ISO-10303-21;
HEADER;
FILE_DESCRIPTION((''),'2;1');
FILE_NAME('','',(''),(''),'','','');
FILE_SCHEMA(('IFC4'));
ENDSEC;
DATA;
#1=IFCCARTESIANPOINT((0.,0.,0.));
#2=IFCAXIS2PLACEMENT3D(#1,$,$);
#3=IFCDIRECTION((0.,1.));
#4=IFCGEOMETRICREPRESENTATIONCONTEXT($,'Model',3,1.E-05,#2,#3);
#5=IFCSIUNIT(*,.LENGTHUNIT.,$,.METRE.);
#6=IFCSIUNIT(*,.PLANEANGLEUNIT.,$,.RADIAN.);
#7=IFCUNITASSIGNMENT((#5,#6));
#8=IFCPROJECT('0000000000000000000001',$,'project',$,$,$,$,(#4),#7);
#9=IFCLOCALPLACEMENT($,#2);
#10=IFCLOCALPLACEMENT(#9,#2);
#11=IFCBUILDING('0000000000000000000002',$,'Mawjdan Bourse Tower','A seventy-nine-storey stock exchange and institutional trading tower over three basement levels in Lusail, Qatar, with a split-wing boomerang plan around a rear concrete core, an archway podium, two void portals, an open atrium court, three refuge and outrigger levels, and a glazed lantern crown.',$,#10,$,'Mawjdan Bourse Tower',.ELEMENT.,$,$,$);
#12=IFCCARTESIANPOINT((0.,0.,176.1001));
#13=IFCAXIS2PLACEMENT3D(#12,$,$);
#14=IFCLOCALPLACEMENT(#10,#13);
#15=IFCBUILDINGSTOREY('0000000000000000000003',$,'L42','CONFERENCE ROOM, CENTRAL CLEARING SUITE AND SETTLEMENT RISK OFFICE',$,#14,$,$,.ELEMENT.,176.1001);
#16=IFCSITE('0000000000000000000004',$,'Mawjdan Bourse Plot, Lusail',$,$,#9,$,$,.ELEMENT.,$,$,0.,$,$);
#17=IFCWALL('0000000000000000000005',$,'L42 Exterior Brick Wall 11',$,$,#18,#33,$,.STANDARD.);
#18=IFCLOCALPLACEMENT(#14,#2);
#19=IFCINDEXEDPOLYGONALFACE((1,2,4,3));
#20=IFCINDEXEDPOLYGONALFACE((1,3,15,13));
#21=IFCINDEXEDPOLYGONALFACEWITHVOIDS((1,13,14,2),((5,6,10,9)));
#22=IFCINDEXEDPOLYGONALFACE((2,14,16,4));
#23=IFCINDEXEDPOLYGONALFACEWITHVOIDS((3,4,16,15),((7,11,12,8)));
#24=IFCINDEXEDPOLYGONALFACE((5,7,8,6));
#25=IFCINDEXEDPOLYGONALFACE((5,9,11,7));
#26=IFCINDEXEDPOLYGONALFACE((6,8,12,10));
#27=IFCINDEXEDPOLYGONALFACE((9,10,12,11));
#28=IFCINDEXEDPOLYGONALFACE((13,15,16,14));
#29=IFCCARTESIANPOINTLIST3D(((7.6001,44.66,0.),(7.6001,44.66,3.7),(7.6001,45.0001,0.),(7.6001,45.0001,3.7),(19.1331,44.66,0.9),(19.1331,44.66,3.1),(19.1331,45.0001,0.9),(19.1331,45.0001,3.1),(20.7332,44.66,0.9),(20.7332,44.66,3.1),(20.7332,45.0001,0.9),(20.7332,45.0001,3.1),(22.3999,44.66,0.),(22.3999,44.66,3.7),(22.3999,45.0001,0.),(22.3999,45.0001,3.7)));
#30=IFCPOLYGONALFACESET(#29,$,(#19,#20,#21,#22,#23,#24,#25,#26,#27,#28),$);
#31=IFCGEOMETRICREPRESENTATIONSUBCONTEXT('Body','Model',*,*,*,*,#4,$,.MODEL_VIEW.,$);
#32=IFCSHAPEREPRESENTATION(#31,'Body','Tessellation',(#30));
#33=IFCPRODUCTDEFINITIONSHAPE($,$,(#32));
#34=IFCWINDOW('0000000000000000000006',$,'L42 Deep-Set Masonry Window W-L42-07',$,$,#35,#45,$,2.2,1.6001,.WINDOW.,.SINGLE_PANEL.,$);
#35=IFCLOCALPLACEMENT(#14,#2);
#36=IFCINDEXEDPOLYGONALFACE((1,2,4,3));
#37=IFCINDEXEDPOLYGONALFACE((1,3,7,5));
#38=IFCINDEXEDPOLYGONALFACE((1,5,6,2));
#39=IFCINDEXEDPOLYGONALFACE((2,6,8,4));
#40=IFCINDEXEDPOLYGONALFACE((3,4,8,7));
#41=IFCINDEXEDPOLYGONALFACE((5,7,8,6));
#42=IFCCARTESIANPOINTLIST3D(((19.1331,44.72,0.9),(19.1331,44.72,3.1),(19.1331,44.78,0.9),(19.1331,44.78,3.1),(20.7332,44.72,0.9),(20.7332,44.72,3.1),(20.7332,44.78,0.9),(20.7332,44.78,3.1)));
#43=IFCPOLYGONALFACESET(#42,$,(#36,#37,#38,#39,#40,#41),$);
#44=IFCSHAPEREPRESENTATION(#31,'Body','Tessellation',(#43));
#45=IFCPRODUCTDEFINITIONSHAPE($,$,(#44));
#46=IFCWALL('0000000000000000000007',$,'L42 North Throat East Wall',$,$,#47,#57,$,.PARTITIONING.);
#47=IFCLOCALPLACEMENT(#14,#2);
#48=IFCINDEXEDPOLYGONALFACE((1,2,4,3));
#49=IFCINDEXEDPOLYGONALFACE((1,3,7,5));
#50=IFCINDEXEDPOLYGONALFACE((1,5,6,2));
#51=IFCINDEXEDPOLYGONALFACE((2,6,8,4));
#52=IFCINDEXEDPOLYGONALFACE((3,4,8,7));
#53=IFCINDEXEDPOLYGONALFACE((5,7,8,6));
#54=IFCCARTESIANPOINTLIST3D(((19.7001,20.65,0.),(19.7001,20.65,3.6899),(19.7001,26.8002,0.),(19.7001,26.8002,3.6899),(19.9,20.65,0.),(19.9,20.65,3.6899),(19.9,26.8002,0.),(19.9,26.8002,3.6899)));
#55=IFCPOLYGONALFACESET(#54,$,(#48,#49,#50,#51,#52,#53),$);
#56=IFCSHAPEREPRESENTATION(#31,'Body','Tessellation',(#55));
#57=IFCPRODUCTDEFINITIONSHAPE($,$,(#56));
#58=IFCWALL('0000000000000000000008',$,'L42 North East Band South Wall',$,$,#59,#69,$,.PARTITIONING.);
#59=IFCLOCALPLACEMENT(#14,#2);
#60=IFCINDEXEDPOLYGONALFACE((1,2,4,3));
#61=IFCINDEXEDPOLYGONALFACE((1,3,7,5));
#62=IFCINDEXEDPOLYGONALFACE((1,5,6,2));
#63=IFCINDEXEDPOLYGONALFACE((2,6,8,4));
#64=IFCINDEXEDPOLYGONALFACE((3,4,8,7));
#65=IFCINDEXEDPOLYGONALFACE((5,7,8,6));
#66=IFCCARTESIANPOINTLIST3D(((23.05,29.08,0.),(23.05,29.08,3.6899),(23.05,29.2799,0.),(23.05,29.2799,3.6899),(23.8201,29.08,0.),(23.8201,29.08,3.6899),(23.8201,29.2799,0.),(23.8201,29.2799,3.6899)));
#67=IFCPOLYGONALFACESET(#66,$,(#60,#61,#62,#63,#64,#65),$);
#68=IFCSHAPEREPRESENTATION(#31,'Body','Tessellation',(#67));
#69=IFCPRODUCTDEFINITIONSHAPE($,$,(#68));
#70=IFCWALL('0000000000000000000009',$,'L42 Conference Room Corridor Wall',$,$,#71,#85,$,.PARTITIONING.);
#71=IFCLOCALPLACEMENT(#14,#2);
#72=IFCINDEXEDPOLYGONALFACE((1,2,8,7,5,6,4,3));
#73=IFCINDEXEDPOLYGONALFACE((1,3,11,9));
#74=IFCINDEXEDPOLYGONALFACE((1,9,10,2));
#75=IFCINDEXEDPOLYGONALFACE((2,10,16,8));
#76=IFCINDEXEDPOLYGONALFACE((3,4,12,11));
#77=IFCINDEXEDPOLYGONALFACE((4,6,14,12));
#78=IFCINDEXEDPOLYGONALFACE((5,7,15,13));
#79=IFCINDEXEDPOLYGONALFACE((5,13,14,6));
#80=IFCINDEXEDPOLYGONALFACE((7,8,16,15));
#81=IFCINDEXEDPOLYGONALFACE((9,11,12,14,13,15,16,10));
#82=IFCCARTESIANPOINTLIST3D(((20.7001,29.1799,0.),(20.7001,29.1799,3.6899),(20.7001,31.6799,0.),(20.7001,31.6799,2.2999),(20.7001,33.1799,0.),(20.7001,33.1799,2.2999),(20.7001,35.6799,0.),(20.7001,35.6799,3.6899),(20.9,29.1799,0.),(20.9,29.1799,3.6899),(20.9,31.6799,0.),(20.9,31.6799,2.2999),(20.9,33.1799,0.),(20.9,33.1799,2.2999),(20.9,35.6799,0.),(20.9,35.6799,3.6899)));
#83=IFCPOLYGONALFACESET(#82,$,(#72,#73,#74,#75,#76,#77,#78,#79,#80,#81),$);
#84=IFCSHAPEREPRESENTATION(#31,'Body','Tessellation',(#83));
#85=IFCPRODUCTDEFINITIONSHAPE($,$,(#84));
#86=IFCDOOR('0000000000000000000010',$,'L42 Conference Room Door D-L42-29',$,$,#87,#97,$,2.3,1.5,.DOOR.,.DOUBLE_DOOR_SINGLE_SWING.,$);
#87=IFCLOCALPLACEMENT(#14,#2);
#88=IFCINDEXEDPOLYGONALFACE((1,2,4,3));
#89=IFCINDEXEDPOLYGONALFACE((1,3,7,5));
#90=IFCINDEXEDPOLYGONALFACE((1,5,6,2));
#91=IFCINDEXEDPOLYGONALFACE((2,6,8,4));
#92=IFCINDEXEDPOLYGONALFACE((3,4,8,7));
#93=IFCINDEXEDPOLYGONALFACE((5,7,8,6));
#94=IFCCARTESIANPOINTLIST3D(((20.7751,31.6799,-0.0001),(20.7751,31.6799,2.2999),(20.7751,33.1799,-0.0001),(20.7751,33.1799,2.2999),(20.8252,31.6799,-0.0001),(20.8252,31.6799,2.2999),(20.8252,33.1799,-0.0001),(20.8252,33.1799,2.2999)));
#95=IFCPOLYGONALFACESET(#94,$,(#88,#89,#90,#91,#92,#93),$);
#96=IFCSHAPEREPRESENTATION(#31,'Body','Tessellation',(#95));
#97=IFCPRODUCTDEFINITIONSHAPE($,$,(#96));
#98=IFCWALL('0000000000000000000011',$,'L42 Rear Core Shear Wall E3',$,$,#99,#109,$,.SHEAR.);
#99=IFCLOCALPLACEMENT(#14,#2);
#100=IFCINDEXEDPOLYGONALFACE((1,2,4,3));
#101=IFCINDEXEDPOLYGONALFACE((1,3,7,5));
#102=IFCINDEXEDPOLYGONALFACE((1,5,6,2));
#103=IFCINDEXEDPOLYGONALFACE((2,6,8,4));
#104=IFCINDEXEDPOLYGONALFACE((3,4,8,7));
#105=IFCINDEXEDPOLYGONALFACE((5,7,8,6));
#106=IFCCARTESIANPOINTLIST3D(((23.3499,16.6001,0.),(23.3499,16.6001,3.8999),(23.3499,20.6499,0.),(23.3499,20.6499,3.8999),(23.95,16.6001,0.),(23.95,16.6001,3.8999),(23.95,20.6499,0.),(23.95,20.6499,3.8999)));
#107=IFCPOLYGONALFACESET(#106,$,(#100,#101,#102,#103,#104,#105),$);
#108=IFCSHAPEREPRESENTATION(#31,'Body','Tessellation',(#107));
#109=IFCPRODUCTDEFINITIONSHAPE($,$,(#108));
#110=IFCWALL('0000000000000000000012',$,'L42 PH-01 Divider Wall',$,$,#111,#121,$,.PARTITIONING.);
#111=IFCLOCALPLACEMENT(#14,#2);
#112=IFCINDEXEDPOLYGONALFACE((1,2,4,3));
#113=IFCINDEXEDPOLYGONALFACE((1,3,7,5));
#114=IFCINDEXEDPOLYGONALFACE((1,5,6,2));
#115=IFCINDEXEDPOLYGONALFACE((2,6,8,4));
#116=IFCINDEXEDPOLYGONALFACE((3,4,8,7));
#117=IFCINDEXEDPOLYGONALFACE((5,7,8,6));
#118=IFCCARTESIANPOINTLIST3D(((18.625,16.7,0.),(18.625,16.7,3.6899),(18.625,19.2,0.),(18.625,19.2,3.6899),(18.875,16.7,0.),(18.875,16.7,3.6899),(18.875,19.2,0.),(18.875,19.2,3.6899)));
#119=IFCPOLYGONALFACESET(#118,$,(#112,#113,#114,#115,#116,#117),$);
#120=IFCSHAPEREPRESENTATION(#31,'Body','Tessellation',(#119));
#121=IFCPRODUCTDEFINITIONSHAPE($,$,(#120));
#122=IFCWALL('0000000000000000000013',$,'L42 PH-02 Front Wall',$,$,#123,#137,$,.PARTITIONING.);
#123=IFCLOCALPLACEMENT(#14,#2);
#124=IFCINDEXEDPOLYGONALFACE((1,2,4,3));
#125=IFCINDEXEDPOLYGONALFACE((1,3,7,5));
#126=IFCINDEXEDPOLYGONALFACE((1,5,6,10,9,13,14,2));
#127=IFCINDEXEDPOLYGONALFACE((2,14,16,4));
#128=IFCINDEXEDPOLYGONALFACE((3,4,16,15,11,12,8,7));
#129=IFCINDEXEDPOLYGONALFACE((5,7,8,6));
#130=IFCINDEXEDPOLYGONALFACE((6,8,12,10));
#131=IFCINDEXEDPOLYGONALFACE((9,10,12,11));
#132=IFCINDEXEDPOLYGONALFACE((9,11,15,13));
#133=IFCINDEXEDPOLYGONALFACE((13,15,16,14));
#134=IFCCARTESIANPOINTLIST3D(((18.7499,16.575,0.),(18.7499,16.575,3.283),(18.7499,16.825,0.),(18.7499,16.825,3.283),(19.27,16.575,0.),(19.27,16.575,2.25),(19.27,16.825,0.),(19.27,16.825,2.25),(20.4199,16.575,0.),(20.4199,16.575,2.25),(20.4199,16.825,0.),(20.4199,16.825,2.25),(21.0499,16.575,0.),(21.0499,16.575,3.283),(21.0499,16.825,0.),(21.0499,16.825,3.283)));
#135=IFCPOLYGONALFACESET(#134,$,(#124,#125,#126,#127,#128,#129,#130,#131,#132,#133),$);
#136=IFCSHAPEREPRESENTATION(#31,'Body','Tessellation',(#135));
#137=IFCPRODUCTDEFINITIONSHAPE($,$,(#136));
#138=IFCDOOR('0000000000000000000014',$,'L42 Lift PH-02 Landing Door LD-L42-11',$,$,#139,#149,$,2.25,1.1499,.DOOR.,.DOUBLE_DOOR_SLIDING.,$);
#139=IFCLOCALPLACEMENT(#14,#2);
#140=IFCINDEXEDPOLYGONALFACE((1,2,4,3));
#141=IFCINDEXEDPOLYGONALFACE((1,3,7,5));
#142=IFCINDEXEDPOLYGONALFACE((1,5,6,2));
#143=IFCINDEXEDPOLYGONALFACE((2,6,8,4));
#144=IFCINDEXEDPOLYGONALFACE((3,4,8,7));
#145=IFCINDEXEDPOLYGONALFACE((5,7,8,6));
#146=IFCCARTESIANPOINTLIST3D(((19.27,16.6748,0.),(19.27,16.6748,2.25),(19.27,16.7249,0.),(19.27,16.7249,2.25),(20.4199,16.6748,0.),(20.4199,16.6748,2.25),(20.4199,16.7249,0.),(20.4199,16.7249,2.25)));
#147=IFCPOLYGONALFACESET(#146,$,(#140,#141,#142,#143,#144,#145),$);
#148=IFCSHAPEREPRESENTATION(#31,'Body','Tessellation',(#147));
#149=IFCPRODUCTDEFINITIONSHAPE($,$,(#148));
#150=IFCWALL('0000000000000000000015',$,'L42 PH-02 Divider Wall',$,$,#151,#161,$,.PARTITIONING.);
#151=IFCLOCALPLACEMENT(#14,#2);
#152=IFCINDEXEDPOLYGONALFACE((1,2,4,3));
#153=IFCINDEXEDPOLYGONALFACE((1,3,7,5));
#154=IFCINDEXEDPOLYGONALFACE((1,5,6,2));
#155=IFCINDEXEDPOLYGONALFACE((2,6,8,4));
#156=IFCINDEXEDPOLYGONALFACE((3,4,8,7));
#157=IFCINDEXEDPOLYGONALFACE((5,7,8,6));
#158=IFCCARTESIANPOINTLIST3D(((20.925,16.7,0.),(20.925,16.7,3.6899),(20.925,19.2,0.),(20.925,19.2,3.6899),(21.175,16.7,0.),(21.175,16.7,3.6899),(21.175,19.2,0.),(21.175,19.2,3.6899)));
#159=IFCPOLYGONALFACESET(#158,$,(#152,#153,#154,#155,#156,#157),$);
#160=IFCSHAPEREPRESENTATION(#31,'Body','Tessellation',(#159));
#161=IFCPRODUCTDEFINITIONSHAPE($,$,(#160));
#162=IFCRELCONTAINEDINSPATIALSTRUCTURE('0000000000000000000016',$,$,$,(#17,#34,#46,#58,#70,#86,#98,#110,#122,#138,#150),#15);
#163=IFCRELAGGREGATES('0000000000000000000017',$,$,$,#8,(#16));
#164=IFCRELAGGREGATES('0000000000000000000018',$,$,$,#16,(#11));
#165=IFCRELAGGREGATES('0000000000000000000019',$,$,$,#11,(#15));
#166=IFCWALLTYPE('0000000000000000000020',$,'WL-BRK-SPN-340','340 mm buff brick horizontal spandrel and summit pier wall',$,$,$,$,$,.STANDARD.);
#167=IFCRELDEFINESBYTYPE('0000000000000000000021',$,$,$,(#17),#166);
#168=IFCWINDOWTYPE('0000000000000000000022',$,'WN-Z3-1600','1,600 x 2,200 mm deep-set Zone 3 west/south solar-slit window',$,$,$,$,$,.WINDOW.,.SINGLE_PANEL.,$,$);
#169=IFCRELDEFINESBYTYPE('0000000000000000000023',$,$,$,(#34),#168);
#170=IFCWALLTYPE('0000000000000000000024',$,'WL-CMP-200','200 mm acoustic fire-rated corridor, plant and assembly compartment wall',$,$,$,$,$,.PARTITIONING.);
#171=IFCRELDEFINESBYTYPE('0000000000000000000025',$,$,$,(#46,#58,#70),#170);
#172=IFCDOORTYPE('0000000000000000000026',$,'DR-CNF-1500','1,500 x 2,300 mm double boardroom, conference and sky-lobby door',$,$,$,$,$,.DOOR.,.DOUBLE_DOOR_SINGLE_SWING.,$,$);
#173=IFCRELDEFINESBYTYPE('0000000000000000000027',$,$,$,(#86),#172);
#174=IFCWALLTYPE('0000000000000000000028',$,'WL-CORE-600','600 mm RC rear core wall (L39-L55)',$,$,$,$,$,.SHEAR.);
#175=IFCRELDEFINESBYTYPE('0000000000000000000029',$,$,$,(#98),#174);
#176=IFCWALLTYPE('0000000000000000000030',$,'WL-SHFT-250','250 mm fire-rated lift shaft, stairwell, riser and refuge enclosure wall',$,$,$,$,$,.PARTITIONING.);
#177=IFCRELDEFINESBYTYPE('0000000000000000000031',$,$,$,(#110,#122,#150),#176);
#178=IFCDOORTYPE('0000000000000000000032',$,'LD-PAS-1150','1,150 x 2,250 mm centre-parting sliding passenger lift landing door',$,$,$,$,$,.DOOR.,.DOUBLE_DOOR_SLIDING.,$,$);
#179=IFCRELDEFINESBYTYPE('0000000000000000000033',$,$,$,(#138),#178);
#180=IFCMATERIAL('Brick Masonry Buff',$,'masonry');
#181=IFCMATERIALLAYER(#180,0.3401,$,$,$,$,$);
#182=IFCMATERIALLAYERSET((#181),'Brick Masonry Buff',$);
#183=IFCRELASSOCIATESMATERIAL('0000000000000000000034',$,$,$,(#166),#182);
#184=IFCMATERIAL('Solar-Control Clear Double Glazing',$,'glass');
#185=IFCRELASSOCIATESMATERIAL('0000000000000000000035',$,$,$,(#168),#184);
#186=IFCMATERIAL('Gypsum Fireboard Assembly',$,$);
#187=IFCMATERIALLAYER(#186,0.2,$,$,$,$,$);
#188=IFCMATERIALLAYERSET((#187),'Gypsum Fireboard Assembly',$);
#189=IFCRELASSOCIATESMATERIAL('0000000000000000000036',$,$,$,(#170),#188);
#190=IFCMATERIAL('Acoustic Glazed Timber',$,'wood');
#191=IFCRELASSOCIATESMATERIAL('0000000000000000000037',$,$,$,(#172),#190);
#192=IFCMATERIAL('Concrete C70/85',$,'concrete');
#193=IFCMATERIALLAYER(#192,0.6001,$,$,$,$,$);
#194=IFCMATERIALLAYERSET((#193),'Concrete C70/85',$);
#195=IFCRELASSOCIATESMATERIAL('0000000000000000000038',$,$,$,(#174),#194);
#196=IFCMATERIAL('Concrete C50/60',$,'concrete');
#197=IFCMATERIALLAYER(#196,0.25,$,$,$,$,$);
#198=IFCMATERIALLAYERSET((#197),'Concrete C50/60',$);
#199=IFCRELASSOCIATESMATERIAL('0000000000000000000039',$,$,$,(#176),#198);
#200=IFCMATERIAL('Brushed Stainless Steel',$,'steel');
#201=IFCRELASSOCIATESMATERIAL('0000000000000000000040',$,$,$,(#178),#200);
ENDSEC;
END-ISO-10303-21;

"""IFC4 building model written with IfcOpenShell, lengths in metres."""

from ifc_helpers import new_model, si_unit, direction, frame, frame_2d, origin, place, context, subcontext, project, spatial, rectangle, extrude, material, layer, layer_set, type_object, element, fill, save


model = new_model("IFC4")

# Units and contexts
model_context = context("Model", 3, precision=1e-05, world=origin(), true_north=direction((0.0, 1.0)))
body_context = subcontext(model_context, "Body", "Model", "MODEL_VIEW")
ifc_project = project(units=[si_unit("LENGTHUNIT", "METRE"), si_unit("PLANEANGLEUNIT", "RADIAN")], contexts=[model_context])

# Site, building, storey
site_placement = place(None, origin())
site = spatial("IfcSite", under=ifc_project, at=site_placement, Name="Mawjdan Bourse Plot, Lusail", CompositionType="ELEMENT", RefElevation=0.0)
building_placement = place(site_placement, origin())
building = spatial("IfcBuilding", under=site, at=building_placement, Name="Mawjdan Bourse Tower", Description="A seventy-nine-storey stock exchange and institutional trading tower over three basement levels in Lusail, Qatar, with a split-wing boomerang plan around a rear concrete core, an archway podium, two void portals, an open atrium court, three refuge and outrigger levels, and a glazed lantern crown.", LongName="Mawjdan Bourse Tower", CompositionType="ELEMENT")
storey_placement = place(building_placement, frame((0.0, 0.0, 176.1001)))
storey = spatial("IfcBuildingStorey", under=building, at=storey_placement, Name="L42", Description="CONFERENCE ROOM, CENTRAL CLEARING SUITE AND SETTLEMENT RISK OFFICE", CompositionType="ELEMENT", Elevation=176.1001)

# Shared definitions
ifc_material_1 = material(Name="Concrete C70/85", Category="concrete")

# Shared definitions
ifc_material_2 = material(Name="Brick Masonry Buff", Category="masonry")
ifc_layer_1 = layer(ifc_material_2, 0.3401)
ifc_layer_set_1 = layer_set([ifc_layer_1], Name="Brick Masonry Buff")
wall_type_1 = type_object("IfcWallType", Name="WL-BRK-SPN-340", Description="340 mm buff brick horizontal spandrel and summit pier wall", PredefinedType="STANDARD", material=ifc_layer_set_1)

# Wall, opening, window
wall_1_placement = place(storey_placement, frame((22.3999, 44.8301, 0.0), z_axis=(0.0, 0.0, 1.0), x_axis=(-1.0, 0.0, 0.0)))
wall_1 = element("IfcWall", 1, at=wall_1_placement, inside=storey, type_object=wall_type_1, Name="L42 Exterior Brick Wall 11", PredefinedType="STANDARD", context=body_context, shape_type="SweptSolid", body=[
    extrude(rectangle(XDim=14.7998, YDim=0.3401, at=frame_2d((7.3999, 0.0))), origin(), (0.0, 0.0, 1.0), 3.7),
])
opening_1_placement = place(wall_1_placement, frame((1.6667, 0.0, 0.8999)))
opening_1 = element("IfcOpeningElement", 2, at=opening_1_placement, cuts=wall_1, PredefinedType="OPENING", context=body_context, shape_type="SweptSolid", body=[
    extrude(rectangle(XDim=1.6001, YDim=2.2, at=frame_2d((0.8, 1.1001))), frame((0.0, 0.1802, 0.0), z_axis=(0.0, -1.0, 0.0), x_axis=(1.0, 0.0, 0.0)), (0.0, 0.0, 1.0), 0.3601),
])
ifc_material_3 = material(Name="Solar-Control Clear Double Glazing", Category="glass")
window_type = type_object("IfcWindowType", Name="WN-Z3-1600", Description="1,600 x 2,200 mm deep-set Zone 3 west/south solar-slit window", PartitioningType="SINGLE_PANEL", PredefinedType="WINDOW", material=ifc_material_3)
window_placement = place(opening_1_placement, origin())
window = element("IfcWindow", 3, at=window_placement, inside=storey, type_object=window_type, Name="L42 Deep-Set Masonry Window W-L42-07", OverallHeight=2.2, OverallWidth=1.6001, PartitioningType="SINGLE_PANEL", PredefinedType="WINDOW", context=body_context, shape_type="SweptSolid", body=[
    extrude(rectangle(XDim=1.6001, YDim=2.2, at=frame_2d((0.8, 1.1001))), frame((0.0, 0.1101, 0.0), z_axis=(0.0, -1.0, 0.0), x_axis=(1.0, 0.0, 0.0)), (0.0, 0.0, 1.0), 0.0601),
])
fill(opening_1, window)

# Shared definitions
ifc_material_4 = material(Name="Gypsum Fireboard Assembly")
ifc_layer_2 = layer(ifc_material_4, 0.2)
ifc_layer_set_2 = layer_set([ifc_layer_2], Name="Gypsum Fireboard Assembly")
wall_type_2 = type_object("IfcWallType", Name="WL-CMP-200", Description="200 mm acoustic fire-rated corridor, plant and assembly compartment wall", PredefinedType="PARTITIONING", material=ifc_layer_set_2)

# Walls
wall_2_placement = place(storey_placement, frame((19.8, 20.6499, 0.0), z_axis=(0.0, 0.0, 1.0), x_axis=(0.0, 1.0, 0.0)))
element("IfcWall", 4, at=wall_2_placement, inside=storey, type_object=wall_type_2, Name="L42 North Throat East Wall", PredefinedType="PARTITIONING", context=body_context, shape_type="SweptSolid", body=[
    extrude(rectangle(XDim=6.1501, YDim=0.2, at=frame_2d((3.0752, 0.0))), origin(), (0.0, 0.0, 1.0), 3.6899),
])
wall_3_placement = place(storey_placement, frame((23.05, 29.1799, 0.0), z_axis=(0.0, 0.0, 1.0), x_axis=(1.0, 0.0, 0.0)))
element("IfcWall", 5, at=wall_3_placement, inside=storey, type_object=wall_type_2, Name="L42 North East Band South Wall", PredefinedType="PARTITIONING", context=body_context, shape_type="SweptSolid", body=[
    extrude(rectangle(XDim=0.77, YDim=0.2, at=frame_2d((0.385, 0.0))), origin(), (0.0, 0.0, 1.0), 3.6899),
])

# Wall, opening, door
wall_4_placement = place(storey_placement, frame((20.8, 29.1799, 0.0), z_axis=(0.0, 0.0, 1.0), x_axis=(0.0, 1.0, 0.0)))
wall_4 = element("IfcWall", 6, at=wall_4_placement, inside=storey, type_object=wall_type_2, Name="L42 Conference Room Corridor Wall", PredefinedType="PARTITIONING", context=body_context, shape_type="SweptSolid", body=[
    extrude(rectangle(XDim=6.5, YDim=0.2, at=frame_2d((3.25, 0.0))), origin(), (0.0, 0.0, 1.0), 3.6899),
])
opening_2_placement = place(wall_4_placement, frame((2.5, 0.0, 0.0)))
opening_2 = element("IfcOpeningElement", 7, at=opening_2_placement, cuts=wall_4, PredefinedType="OPENING", context=body_context, shape_type="SweptSolid", body=[
    extrude(rectangle(XDim=1.5, YDim=2.3, at=frame_2d((0.75, 1.1499))), frame((0.0, 0.1099, 0.0), z_axis=(0.0, -1.0, 0.0), x_axis=(1.0, 0.0, 0.0)), (0.0, 0.0, 1.0), 0.22),
])
ifc_material_5 = material(Name="Acoustic Glazed Timber", Category="wood")
door_type_1 = type_object("IfcDoorType", Name="DR-CNF-1500", Description="1,500 x 2,300 mm double boardroom, conference and sky-lobby door", OperationType="DOUBLE_DOOR_SINGLE_SWING", PredefinedType="DOOR", material=ifc_material_5)
door_1_placement = place(opening_2_placement, origin())
door_1 = element("IfcDoor", 8, at=door_1_placement, inside=storey, type_object=door_type_1, Name="L42 Conference Room Door D-L42-29", OperationType="DOUBLE_DOOR_SINGLE_SWING", OverallHeight=2.3, OverallWidth=1.5, PredefinedType="DOOR", context=body_context, shape_type="SweptSolid", body=[
    extrude(rectangle(XDim=1.5, YDim=2.3, at=frame_2d((0.75, 1.1499))), frame((0.0, 0.0249, 0.0), z_axis=(0.0, -1.0, 0.0), x_axis=(1.0, 0.0, 0.0)), (0.0, 0.0, 1.0), 0.05),
])
fill(opening_2, door_1)

# Walls
ifc_layer_3 = layer(ifc_material_1, 0.6001)
ifc_layer_set_3 = layer_set([ifc_layer_3], Name="Concrete C70/85")
wall_type_3 = type_object("IfcWallType", Name="WL-CORE-600", Description="600 mm RC rear core wall (L39-L55)", PredefinedType="SHEAR", material=ifc_layer_set_3)
wall_5_placement = place(storey_placement, frame((23.6499, 16.6001, 0.0), z_axis=(0.0, 0.0, 1.0), x_axis=(0.0, 1.0, 0.0)))
element("IfcWall", 9, at=wall_5_placement, inside=storey, type_object=wall_type_3, Name="L42 Rear Core Shear Wall E3", PredefinedType="SHEAR", context=body_context, shape_type="SweptSolid", body=[
    extrude(rectangle(XDim=4.0498, YDim=0.6001, at=frame_2d((2.0249, 0.0))), origin(), (0.0, 0.0, 1.0), 3.8999),
])
ifc_material_6 = material(Name="Concrete C50/60", Category="concrete")
ifc_layer_4 = layer(ifc_material_6, 0.25)
ifc_layer_set_4 = layer_set([ifc_layer_4], Name="Concrete C50/60")
wall_type_4 = type_object("IfcWallType", Name="WL-SHFT-250", Description="250 mm fire-rated lift shaft, stairwell, riser and refuge enclosure wall", PredefinedType="PARTITIONING", material=ifc_layer_set_4)
wall_6_placement = place(storey_placement, frame((18.75, 16.7, 0.0), z_axis=(0.0, 0.0, 1.0), x_axis=(0.0, 1.0, 0.0)))
element("IfcWall", 10, at=wall_6_placement, inside=storey, type_object=wall_type_4, Name="L42 PH-01 Divider Wall", PredefinedType="PARTITIONING", context=body_context, shape_type="SweptSolid", body=[
    extrude(rectangle(XDim=2.5, YDim=0.25, at=frame_2d((1.25, 0.0))), origin(), (0.0, 0.0, 1.0), 3.6899),
])

# Wall, opening, door
wall_7_placement = place(storey_placement, frame((18.75, 16.7, 0.0), z_axis=(0.0, 0.0, 1.0), x_axis=(1.0, 0.0, 0.0)))
wall_7 = element("IfcWall", 11, at=wall_7_placement, inside=storey, type_object=wall_type_4, Name="L42 PH-02 Front Wall", PredefinedType="PARTITIONING", context=body_context, shape_type="SweptSolid", body=[
    extrude(rectangle(XDim=2.3, YDim=0.25, at=frame_2d((1.1499, 0.0))), origin(), (0.0, 0.0, 1.0), 3.283),
])
opening_3_placement = place(wall_7_placement, frame((0.52, 0.0, 0.0)))
opening_3 = element("IfcOpeningElement", 12, at=opening_3_placement, cuts=wall_7, PredefinedType="OPENING", context=body_context, shape_type="SweptSolid", body=[
    extrude(rectangle(XDim=1.1499, YDim=2.25, at=frame_2d((0.575, 1.125))), frame((0.0, 0.135, 0.0), z_axis=(0.0, -1.0, 0.0), x_axis=(1.0, 0.0, 0.0)), (0.0, 0.0, 1.0), 0.27),
])
ifc_material_7 = material(Name="Brushed Stainless Steel", Category="steel")
door_type_2 = type_object("IfcDoorType", Name="LD-PAS-1150", Description="1,150 x 2,250 mm centre-parting sliding passenger lift landing door", OperationType="DOUBLE_DOOR_SLIDING", PredefinedType="DOOR", material=ifc_material_7)
door_2_placement = place(opening_3_placement, origin())
door_2 = element("IfcDoor", 13, at=door_2_placement, inside=storey, type_object=door_type_2, Name="L42 Lift PH-02 Landing Door LD-L42-11", OperationType="DOUBLE_DOOR_SLIDING", OverallHeight=2.25, OverallWidth=1.1499, PredefinedType="DOOR", context=body_context, shape_type="SweptSolid", body=[
    extrude(rectangle(XDim=1.1499, YDim=2.25, at=frame_2d((0.575, 1.125))), frame((0.0, 0.0249, 0.0), z_axis=(0.0, -1.0, 0.0), x_axis=(1.0, 0.0, 0.0)), (0.0, 0.0, 1.0), 0.05),
])
fill(opening_3, door_2)

# Wall
wall_8_placement = place(storey_placement, frame((21.05, 16.7, 0.0), z_axis=(0.0, 0.0, 1.0), x_axis=(0.0, 1.0, 0.0)))
element("IfcWall", 14, at=wall_8_placement, inside=storey, type_object=wall_type_4, Name="L42 PH-02 Divider Wall", PredefinedType="PARTITIONING", context=body_context, shape_type="SweptSolid", body=[
    extrude(rectangle(XDim=2.5, YDim=0.25, at=frame_2d((1.25, 0.0))), origin(), (0.0, 0.0, 1.0), 3.6899),
])

save(model, "model.ifc")
